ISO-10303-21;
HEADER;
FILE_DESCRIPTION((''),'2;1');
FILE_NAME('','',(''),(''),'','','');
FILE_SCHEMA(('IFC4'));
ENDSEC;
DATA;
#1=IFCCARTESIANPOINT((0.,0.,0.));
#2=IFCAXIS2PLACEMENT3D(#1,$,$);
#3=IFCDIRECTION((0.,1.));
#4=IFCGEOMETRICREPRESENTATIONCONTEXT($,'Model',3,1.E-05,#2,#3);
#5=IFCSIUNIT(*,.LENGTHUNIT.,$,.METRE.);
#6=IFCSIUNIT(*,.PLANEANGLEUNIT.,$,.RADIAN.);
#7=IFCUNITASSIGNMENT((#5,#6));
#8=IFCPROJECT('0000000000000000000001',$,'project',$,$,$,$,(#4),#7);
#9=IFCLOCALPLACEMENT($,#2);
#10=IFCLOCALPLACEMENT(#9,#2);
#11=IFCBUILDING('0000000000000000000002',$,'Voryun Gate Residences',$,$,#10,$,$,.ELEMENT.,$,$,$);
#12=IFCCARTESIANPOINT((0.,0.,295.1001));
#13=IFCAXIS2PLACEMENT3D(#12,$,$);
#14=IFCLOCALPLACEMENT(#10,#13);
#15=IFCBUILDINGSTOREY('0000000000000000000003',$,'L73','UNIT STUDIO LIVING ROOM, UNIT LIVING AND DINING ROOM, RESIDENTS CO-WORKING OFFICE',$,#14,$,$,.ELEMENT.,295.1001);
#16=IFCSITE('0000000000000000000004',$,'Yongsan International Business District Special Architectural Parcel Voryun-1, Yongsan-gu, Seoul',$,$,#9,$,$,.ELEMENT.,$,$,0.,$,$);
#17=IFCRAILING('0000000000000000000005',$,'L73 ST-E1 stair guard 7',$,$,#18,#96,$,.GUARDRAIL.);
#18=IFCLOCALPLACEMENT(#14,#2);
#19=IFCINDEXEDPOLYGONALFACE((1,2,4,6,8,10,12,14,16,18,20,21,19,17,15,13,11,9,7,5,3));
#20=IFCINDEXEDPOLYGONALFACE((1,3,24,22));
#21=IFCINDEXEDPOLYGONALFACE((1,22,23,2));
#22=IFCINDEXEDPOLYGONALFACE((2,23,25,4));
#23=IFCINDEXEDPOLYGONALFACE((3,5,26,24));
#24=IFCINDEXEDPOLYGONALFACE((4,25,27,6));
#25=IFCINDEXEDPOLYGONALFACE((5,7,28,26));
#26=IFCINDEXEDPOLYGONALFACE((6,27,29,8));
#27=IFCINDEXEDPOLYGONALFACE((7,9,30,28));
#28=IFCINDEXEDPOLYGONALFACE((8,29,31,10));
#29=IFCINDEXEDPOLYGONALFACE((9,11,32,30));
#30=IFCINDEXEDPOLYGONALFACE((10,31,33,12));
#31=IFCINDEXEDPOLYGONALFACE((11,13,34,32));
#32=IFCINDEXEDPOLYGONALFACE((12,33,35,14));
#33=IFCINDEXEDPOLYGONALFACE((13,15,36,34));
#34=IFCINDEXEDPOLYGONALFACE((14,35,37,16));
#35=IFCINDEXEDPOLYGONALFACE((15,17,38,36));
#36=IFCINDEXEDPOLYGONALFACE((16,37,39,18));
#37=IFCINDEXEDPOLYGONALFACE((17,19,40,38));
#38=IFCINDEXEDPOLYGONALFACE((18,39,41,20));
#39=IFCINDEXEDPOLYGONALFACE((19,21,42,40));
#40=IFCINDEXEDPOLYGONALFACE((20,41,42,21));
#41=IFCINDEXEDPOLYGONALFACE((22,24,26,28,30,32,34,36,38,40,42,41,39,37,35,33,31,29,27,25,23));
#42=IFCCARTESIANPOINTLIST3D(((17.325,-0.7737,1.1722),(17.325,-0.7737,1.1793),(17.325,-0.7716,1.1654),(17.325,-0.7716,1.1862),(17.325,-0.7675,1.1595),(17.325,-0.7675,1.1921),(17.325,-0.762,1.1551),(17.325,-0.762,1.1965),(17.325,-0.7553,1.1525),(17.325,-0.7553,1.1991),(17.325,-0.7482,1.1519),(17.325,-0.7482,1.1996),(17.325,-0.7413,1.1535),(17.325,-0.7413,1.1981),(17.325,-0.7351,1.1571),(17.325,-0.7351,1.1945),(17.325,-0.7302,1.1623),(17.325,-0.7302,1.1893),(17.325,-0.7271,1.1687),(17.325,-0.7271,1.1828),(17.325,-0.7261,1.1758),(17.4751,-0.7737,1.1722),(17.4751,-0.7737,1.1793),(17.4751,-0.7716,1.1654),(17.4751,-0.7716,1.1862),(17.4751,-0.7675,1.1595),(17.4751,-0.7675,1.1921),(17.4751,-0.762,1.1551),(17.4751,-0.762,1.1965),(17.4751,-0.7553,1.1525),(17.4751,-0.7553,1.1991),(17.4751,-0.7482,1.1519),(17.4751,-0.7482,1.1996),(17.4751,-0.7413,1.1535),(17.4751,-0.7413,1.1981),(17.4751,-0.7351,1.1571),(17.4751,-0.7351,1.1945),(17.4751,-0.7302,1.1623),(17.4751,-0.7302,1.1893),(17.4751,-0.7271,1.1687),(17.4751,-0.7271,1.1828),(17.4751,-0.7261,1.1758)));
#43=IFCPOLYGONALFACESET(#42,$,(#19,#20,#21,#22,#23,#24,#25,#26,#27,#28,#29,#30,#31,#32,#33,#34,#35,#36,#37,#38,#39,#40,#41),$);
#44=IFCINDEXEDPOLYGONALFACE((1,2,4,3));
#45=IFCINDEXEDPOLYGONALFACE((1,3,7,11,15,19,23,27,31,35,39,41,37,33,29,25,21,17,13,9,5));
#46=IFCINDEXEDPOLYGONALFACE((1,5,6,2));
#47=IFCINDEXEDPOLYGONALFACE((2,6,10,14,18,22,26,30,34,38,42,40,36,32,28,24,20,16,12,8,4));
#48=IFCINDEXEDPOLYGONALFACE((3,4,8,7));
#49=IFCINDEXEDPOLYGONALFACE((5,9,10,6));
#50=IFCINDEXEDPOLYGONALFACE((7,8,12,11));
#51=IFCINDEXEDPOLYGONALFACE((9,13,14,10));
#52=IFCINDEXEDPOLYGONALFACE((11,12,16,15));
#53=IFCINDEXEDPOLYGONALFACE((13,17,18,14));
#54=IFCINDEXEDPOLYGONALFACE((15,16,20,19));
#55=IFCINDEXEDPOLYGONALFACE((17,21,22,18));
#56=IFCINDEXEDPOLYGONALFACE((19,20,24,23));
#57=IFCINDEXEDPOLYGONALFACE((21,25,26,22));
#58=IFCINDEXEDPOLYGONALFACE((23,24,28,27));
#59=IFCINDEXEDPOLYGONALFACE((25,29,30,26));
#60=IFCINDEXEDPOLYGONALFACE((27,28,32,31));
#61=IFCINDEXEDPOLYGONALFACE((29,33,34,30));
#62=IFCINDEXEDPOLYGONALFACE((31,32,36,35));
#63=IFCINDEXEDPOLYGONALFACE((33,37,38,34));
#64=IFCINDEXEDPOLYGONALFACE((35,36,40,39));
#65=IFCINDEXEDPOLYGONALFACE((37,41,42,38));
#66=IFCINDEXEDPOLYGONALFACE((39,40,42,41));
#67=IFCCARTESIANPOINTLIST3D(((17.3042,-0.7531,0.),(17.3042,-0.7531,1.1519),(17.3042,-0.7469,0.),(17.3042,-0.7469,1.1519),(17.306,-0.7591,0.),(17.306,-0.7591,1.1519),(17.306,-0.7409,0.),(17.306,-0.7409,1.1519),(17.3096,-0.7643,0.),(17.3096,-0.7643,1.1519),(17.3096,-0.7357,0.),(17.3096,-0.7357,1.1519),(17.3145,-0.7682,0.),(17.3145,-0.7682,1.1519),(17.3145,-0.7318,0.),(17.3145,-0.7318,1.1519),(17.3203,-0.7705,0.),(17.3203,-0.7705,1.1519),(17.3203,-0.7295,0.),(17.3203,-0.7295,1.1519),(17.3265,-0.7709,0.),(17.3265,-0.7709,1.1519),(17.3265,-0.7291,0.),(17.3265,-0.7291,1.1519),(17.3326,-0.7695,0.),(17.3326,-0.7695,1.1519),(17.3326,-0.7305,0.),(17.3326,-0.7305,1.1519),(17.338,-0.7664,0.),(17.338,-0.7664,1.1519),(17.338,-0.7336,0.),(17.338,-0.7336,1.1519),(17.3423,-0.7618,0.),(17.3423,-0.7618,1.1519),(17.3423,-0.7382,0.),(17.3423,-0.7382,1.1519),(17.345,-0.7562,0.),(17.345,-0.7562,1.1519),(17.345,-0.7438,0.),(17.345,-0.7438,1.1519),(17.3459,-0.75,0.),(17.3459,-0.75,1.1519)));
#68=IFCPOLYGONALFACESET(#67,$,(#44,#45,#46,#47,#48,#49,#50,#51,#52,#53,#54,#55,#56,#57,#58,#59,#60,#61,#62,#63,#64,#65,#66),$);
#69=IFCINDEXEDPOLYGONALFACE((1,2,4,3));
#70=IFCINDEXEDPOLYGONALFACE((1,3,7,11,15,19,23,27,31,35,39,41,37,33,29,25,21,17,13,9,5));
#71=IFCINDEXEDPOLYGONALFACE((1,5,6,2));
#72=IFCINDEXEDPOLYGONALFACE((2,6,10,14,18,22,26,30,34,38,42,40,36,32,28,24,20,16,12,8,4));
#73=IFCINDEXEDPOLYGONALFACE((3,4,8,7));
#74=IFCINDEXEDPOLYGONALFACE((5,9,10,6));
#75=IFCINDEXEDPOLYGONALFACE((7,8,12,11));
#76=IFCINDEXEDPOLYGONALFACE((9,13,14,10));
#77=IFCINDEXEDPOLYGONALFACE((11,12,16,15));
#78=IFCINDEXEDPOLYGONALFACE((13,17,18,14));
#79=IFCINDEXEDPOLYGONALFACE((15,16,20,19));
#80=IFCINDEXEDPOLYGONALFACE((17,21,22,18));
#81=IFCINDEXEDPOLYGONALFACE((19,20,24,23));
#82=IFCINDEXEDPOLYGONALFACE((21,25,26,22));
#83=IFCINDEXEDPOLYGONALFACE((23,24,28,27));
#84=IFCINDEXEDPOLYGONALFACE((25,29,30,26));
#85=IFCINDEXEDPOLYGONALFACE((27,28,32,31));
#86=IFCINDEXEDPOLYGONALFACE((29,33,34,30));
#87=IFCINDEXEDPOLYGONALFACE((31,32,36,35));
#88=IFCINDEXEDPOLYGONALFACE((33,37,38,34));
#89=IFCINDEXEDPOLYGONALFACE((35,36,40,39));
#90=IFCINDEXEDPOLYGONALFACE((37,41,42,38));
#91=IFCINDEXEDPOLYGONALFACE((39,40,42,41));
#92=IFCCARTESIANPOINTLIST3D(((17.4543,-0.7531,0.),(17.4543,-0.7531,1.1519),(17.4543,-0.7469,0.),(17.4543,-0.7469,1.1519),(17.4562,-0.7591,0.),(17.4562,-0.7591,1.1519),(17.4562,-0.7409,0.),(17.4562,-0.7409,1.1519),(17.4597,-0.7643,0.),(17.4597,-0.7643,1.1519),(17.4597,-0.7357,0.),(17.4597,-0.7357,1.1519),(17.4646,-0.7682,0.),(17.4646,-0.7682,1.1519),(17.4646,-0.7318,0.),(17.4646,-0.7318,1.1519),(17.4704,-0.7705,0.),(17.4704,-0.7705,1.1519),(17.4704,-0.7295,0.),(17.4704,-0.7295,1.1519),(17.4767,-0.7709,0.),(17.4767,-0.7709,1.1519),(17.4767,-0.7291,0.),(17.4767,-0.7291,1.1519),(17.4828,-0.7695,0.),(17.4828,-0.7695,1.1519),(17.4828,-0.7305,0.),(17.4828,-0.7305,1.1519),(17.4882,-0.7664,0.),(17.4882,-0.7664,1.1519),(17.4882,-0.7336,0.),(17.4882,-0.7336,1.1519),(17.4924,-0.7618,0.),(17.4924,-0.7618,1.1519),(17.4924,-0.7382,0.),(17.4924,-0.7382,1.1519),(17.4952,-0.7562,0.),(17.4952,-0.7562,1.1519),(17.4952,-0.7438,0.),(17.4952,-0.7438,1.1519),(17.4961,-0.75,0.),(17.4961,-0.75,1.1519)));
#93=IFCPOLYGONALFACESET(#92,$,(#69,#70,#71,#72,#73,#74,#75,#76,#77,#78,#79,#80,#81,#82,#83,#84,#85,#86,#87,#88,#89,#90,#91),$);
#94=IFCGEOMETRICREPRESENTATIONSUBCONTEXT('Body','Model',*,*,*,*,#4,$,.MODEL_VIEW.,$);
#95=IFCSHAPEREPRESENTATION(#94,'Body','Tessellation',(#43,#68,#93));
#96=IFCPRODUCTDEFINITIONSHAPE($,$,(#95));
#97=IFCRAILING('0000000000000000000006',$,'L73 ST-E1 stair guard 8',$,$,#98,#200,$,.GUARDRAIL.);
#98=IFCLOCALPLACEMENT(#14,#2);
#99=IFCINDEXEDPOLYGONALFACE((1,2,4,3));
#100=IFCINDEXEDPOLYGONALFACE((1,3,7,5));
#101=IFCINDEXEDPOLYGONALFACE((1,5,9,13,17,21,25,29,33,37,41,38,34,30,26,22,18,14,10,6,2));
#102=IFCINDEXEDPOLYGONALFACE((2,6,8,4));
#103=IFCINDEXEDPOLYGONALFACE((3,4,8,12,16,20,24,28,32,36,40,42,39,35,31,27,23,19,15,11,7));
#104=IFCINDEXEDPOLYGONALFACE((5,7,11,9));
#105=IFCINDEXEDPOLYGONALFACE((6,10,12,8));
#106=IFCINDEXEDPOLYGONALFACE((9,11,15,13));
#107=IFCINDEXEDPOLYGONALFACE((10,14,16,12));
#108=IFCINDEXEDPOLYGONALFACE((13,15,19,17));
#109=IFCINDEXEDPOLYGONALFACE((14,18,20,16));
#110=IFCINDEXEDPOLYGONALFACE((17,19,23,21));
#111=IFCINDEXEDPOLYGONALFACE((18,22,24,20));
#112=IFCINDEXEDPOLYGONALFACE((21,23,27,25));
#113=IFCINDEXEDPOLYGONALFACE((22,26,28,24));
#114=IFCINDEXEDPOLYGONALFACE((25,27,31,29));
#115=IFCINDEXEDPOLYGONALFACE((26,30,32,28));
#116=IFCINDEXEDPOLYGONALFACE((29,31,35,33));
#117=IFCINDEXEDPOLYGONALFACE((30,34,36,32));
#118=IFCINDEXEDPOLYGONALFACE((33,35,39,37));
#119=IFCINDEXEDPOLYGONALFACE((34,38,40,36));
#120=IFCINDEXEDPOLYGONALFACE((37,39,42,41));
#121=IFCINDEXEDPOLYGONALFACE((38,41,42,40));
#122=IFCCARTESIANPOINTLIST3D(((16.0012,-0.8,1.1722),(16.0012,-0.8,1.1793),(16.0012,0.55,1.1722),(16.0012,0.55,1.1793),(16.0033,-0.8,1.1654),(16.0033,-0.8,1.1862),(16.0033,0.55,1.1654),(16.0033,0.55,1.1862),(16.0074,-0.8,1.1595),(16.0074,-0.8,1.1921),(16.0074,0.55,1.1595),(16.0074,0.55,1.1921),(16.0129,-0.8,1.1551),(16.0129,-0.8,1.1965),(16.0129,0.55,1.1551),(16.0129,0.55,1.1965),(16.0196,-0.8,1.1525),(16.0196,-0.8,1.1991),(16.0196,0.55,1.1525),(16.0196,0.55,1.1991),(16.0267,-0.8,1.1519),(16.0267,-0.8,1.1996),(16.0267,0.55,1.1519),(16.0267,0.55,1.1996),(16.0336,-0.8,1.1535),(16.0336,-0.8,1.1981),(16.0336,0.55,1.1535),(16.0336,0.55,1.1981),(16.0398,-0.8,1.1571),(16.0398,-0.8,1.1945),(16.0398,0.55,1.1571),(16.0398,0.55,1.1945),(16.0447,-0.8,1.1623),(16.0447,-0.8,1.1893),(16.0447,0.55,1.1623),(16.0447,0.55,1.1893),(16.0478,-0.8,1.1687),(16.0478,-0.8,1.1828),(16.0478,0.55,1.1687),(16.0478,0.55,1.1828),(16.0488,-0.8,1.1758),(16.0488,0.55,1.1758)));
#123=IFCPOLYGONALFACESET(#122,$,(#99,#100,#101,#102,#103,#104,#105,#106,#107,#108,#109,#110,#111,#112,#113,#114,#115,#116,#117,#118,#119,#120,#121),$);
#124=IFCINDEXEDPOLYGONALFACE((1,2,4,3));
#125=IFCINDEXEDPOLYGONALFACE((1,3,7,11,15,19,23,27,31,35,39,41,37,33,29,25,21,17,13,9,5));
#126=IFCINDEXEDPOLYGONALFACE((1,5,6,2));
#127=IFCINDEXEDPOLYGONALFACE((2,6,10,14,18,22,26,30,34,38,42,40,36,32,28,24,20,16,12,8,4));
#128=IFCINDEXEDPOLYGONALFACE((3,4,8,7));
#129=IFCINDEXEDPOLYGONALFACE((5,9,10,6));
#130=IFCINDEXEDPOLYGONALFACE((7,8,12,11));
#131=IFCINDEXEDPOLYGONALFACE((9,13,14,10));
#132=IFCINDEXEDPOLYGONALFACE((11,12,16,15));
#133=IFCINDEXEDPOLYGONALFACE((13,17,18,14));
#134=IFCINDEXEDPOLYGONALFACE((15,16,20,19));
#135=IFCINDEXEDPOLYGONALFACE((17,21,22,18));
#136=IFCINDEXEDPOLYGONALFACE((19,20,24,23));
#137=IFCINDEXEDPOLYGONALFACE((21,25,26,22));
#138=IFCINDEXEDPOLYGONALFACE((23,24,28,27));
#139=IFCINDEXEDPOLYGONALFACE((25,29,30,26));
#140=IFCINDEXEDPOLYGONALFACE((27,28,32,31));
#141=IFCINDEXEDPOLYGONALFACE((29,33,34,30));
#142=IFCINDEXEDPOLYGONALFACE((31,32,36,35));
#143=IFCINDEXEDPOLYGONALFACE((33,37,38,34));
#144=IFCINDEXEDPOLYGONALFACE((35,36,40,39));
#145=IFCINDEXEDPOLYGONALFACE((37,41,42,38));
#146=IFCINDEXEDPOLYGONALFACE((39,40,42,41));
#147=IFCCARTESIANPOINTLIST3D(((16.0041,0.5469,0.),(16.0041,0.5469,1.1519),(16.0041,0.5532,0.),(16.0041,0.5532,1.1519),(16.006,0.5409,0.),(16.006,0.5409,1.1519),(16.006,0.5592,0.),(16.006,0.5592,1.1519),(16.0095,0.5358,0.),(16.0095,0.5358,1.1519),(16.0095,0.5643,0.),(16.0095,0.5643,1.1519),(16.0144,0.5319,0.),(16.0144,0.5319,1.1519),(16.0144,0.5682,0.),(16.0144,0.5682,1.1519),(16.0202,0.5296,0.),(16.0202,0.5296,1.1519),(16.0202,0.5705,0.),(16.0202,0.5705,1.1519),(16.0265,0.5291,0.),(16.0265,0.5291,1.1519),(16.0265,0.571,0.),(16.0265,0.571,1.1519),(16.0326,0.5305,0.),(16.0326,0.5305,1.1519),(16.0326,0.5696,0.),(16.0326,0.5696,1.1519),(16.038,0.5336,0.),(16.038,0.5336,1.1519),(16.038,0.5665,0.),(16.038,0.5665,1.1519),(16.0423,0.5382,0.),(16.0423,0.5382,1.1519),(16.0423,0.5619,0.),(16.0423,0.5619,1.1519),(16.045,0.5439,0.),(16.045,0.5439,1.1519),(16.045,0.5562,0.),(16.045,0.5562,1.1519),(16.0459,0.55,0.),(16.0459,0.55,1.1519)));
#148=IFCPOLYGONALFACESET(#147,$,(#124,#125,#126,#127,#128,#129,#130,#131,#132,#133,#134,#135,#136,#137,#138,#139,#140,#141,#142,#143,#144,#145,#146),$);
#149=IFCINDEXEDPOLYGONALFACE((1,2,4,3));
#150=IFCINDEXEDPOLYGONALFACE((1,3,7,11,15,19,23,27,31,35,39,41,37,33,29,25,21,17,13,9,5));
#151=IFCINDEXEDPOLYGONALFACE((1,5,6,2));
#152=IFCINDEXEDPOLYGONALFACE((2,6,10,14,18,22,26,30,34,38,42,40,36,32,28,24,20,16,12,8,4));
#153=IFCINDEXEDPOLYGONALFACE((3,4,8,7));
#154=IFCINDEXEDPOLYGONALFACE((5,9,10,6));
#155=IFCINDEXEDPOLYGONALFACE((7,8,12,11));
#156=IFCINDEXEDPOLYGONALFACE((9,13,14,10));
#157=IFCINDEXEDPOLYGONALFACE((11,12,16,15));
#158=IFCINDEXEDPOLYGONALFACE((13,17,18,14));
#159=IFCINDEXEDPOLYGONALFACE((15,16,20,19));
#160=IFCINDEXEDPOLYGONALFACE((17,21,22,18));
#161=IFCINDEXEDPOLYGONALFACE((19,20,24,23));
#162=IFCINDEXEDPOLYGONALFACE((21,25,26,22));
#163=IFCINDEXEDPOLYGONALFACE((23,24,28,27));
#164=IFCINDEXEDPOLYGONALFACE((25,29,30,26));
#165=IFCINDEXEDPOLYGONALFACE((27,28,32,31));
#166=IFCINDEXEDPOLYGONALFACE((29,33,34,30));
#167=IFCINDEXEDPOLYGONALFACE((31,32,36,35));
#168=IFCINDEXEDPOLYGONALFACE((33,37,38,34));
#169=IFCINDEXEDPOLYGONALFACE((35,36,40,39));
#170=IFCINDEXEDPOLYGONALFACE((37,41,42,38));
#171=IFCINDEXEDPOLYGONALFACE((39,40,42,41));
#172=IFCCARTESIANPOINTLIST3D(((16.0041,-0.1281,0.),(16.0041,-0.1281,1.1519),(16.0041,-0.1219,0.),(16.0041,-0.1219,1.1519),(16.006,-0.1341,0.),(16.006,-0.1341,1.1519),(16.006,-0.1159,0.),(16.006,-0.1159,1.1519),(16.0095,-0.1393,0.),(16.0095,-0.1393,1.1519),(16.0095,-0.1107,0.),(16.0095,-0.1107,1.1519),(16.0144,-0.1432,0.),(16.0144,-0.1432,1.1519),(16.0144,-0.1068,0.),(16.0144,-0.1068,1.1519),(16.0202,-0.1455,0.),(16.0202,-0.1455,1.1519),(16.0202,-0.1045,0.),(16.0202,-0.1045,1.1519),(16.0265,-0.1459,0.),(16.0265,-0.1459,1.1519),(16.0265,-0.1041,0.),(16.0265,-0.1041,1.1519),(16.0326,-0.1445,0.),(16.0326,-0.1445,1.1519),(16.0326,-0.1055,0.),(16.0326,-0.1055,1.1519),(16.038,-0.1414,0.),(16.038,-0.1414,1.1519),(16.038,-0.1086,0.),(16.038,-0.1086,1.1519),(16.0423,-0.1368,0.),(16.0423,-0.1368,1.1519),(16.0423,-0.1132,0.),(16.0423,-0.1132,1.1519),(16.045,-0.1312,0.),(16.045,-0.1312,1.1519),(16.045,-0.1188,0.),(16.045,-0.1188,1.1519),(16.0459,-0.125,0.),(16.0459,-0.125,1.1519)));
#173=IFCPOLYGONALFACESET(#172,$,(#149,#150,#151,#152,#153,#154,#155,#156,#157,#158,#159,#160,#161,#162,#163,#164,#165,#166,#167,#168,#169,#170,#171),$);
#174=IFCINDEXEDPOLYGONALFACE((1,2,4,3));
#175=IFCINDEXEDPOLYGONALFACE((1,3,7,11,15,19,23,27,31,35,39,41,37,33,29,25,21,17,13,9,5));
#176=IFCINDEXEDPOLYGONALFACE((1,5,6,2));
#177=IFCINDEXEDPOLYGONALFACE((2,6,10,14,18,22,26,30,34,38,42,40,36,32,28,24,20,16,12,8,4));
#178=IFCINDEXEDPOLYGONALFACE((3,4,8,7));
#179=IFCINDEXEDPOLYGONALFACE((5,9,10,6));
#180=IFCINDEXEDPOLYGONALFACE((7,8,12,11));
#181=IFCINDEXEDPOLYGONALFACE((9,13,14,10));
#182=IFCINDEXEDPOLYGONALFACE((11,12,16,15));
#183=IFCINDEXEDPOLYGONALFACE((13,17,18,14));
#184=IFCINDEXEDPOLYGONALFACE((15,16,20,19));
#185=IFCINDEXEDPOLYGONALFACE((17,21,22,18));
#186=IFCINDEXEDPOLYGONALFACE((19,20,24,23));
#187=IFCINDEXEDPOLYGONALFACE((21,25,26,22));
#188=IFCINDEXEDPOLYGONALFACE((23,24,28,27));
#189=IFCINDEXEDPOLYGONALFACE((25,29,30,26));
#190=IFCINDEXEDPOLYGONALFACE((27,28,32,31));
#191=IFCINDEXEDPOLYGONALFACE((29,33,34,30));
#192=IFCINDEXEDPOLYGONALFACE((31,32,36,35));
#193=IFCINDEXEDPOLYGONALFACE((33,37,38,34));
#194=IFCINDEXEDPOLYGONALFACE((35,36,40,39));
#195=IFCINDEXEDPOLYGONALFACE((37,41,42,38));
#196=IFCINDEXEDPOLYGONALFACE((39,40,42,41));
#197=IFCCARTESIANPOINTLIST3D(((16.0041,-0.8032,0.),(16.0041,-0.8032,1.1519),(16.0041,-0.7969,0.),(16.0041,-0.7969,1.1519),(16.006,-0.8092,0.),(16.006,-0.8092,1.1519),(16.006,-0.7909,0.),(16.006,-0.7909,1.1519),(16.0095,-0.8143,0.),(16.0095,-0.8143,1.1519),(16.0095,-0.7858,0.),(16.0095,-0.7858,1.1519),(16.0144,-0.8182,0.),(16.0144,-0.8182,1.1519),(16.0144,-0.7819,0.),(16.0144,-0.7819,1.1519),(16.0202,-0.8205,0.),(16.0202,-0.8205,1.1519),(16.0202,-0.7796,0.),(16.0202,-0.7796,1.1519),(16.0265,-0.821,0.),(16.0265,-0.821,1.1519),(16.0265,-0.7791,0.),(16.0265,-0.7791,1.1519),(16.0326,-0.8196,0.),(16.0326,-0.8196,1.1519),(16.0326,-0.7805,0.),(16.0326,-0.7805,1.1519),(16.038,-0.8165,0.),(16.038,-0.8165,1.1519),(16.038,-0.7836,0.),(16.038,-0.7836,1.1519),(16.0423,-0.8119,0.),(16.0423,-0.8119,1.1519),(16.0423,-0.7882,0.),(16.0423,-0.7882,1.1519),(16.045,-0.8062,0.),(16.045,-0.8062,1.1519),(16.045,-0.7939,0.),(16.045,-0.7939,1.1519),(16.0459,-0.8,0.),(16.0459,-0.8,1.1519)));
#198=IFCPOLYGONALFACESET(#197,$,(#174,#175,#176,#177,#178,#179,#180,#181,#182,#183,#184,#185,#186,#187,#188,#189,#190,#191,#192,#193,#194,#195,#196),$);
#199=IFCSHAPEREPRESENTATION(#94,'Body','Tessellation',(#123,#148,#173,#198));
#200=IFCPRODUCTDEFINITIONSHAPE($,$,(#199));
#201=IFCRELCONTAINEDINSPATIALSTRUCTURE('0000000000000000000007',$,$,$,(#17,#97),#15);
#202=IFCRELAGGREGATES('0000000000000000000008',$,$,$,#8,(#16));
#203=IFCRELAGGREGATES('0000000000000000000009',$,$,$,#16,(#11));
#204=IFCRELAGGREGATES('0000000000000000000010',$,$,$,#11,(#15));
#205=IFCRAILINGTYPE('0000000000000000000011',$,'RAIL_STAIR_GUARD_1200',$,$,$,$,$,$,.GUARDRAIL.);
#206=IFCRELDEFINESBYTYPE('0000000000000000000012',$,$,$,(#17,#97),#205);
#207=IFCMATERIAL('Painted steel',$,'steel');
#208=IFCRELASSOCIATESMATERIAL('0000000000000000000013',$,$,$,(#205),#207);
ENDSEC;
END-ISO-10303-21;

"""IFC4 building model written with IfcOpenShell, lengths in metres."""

from ifc_helpers import new_model, si_unit, direction, frame, origin, origin_2d, place, context, subcontext, project, spatial, circle, extrude, material, type_object, element, save


model = new_model("IFC4")

# Units and contexts
model_context = context("Model", 3, precision=1e-05, world=origin(), true_north=direction((0.0, 1.0)))
body_context = subcontext(model_context, "Body", "Model", "MODEL_VIEW")
ifc_project = project(units=[si_unit("LENGTHUNIT", "METRE"), si_unit("PLANEANGLEUNIT", "RADIAN")], contexts=[model_context])

# Site, building, storey
site_placement = place(None, origin())
site = spatial("IfcSite", under=ifc_project, at=site_placement, Name="Yongsan International Business District Special Architectural Parcel Voryun-1, Yongsan-gu, Seoul", CompositionType="ELEMENT", RefElevation=0.0)
building_placement = place(site_placement, origin())
building = spatial("IfcBuilding", under=site, at=building_placement, Name="Voryun Gate Residences", CompositionType="ELEMENT")
storey_placement = place(building_placement, frame((0.0, 0.0, 295.1001)))
storey = spatial("IfcBuildingStorey", under=building, at=storey_placement, Name="L73", Description="UNIT STUDIO LIVING ROOM, UNIT LIVING AND DINING ROOM, RESIDENTS CO-WORKING OFFICE", CompositionType="ELEMENT", Elevation=295.1001)

# Railings
ifc_material_1 = material(Name="Painted steel", Category="steel")
railing_type = type_object("IfcRailingType", Name="RAIL_STAIR_GUARD_1200", PredefinedType="GUARDRAIL", material=ifc_material_1)
railing_1_placement = place(storey_placement, frame((17.325, -0.75, 0.0)))
element("IfcRailing", 1, at=railing_1_placement, inside=storey, type_object=railing_type, Name="L73 ST-E1 stair guard 7", PredefinedType="GUARDRAIL", context=body_context, shape_type="SweptSolid", body=[
    extrude(circle(Radius=0.0239, at=origin_2d()), frame((0.0, 0.0, 1.1758), z_axis=(1.0, 0.0, 0.0), x_axis=(0.0, 1.0, 0.0)), (0.0, 0.0, 1.0), 0.1501),
    extrude(circle(Radius=0.021, at=origin_2d()), origin(), (0.0, 0.0, 1.0), 1.1519),
    extrude(circle(Radius=0.021, at=origin_2d()), frame((0.1501, 0.0, 0.0)), (0.0, 0.0, 1.0), 1.1519),
])
for number, where, name in (
    (2, (16.0249, 0.55, 0.0), "L73 ST-E1 stair guard 8"),
):
    element("IfcRailing", number, at=place(storey_placement, frame(where)), inside=storey, type_object=railing_type, Name=name, PredefinedType="GUARDRAIL", context=body_context, shape_type="SweptSolid", body=[
        extrude(circle(Radius=0.0239, at=origin_2d()), frame((0.0, 0.0, 1.1758), z_axis=(0.0, -1.0, 0.0), x_axis=(1.0, 0.0, 0.0)), (0.0, 0.0, 1.0), 1.3501),
        extrude(circle(Radius=0.021, at=origin_2d()), origin(), (0.0, 0.0, 1.0), 1.1519),
        extrude(circle(Radius=0.021, at=origin_2d()), frame((0.0, -0.675, 0.0)), (0.0, 0.0, 1.0), 1.1519),
        extrude(circle(Radius=0.021, at=origin_2d()), frame((0.0, -1.3501, 0.0)), (0.0, 0.0, 1.0), 1.1519),
    ])

save(model, "model.ifc")
